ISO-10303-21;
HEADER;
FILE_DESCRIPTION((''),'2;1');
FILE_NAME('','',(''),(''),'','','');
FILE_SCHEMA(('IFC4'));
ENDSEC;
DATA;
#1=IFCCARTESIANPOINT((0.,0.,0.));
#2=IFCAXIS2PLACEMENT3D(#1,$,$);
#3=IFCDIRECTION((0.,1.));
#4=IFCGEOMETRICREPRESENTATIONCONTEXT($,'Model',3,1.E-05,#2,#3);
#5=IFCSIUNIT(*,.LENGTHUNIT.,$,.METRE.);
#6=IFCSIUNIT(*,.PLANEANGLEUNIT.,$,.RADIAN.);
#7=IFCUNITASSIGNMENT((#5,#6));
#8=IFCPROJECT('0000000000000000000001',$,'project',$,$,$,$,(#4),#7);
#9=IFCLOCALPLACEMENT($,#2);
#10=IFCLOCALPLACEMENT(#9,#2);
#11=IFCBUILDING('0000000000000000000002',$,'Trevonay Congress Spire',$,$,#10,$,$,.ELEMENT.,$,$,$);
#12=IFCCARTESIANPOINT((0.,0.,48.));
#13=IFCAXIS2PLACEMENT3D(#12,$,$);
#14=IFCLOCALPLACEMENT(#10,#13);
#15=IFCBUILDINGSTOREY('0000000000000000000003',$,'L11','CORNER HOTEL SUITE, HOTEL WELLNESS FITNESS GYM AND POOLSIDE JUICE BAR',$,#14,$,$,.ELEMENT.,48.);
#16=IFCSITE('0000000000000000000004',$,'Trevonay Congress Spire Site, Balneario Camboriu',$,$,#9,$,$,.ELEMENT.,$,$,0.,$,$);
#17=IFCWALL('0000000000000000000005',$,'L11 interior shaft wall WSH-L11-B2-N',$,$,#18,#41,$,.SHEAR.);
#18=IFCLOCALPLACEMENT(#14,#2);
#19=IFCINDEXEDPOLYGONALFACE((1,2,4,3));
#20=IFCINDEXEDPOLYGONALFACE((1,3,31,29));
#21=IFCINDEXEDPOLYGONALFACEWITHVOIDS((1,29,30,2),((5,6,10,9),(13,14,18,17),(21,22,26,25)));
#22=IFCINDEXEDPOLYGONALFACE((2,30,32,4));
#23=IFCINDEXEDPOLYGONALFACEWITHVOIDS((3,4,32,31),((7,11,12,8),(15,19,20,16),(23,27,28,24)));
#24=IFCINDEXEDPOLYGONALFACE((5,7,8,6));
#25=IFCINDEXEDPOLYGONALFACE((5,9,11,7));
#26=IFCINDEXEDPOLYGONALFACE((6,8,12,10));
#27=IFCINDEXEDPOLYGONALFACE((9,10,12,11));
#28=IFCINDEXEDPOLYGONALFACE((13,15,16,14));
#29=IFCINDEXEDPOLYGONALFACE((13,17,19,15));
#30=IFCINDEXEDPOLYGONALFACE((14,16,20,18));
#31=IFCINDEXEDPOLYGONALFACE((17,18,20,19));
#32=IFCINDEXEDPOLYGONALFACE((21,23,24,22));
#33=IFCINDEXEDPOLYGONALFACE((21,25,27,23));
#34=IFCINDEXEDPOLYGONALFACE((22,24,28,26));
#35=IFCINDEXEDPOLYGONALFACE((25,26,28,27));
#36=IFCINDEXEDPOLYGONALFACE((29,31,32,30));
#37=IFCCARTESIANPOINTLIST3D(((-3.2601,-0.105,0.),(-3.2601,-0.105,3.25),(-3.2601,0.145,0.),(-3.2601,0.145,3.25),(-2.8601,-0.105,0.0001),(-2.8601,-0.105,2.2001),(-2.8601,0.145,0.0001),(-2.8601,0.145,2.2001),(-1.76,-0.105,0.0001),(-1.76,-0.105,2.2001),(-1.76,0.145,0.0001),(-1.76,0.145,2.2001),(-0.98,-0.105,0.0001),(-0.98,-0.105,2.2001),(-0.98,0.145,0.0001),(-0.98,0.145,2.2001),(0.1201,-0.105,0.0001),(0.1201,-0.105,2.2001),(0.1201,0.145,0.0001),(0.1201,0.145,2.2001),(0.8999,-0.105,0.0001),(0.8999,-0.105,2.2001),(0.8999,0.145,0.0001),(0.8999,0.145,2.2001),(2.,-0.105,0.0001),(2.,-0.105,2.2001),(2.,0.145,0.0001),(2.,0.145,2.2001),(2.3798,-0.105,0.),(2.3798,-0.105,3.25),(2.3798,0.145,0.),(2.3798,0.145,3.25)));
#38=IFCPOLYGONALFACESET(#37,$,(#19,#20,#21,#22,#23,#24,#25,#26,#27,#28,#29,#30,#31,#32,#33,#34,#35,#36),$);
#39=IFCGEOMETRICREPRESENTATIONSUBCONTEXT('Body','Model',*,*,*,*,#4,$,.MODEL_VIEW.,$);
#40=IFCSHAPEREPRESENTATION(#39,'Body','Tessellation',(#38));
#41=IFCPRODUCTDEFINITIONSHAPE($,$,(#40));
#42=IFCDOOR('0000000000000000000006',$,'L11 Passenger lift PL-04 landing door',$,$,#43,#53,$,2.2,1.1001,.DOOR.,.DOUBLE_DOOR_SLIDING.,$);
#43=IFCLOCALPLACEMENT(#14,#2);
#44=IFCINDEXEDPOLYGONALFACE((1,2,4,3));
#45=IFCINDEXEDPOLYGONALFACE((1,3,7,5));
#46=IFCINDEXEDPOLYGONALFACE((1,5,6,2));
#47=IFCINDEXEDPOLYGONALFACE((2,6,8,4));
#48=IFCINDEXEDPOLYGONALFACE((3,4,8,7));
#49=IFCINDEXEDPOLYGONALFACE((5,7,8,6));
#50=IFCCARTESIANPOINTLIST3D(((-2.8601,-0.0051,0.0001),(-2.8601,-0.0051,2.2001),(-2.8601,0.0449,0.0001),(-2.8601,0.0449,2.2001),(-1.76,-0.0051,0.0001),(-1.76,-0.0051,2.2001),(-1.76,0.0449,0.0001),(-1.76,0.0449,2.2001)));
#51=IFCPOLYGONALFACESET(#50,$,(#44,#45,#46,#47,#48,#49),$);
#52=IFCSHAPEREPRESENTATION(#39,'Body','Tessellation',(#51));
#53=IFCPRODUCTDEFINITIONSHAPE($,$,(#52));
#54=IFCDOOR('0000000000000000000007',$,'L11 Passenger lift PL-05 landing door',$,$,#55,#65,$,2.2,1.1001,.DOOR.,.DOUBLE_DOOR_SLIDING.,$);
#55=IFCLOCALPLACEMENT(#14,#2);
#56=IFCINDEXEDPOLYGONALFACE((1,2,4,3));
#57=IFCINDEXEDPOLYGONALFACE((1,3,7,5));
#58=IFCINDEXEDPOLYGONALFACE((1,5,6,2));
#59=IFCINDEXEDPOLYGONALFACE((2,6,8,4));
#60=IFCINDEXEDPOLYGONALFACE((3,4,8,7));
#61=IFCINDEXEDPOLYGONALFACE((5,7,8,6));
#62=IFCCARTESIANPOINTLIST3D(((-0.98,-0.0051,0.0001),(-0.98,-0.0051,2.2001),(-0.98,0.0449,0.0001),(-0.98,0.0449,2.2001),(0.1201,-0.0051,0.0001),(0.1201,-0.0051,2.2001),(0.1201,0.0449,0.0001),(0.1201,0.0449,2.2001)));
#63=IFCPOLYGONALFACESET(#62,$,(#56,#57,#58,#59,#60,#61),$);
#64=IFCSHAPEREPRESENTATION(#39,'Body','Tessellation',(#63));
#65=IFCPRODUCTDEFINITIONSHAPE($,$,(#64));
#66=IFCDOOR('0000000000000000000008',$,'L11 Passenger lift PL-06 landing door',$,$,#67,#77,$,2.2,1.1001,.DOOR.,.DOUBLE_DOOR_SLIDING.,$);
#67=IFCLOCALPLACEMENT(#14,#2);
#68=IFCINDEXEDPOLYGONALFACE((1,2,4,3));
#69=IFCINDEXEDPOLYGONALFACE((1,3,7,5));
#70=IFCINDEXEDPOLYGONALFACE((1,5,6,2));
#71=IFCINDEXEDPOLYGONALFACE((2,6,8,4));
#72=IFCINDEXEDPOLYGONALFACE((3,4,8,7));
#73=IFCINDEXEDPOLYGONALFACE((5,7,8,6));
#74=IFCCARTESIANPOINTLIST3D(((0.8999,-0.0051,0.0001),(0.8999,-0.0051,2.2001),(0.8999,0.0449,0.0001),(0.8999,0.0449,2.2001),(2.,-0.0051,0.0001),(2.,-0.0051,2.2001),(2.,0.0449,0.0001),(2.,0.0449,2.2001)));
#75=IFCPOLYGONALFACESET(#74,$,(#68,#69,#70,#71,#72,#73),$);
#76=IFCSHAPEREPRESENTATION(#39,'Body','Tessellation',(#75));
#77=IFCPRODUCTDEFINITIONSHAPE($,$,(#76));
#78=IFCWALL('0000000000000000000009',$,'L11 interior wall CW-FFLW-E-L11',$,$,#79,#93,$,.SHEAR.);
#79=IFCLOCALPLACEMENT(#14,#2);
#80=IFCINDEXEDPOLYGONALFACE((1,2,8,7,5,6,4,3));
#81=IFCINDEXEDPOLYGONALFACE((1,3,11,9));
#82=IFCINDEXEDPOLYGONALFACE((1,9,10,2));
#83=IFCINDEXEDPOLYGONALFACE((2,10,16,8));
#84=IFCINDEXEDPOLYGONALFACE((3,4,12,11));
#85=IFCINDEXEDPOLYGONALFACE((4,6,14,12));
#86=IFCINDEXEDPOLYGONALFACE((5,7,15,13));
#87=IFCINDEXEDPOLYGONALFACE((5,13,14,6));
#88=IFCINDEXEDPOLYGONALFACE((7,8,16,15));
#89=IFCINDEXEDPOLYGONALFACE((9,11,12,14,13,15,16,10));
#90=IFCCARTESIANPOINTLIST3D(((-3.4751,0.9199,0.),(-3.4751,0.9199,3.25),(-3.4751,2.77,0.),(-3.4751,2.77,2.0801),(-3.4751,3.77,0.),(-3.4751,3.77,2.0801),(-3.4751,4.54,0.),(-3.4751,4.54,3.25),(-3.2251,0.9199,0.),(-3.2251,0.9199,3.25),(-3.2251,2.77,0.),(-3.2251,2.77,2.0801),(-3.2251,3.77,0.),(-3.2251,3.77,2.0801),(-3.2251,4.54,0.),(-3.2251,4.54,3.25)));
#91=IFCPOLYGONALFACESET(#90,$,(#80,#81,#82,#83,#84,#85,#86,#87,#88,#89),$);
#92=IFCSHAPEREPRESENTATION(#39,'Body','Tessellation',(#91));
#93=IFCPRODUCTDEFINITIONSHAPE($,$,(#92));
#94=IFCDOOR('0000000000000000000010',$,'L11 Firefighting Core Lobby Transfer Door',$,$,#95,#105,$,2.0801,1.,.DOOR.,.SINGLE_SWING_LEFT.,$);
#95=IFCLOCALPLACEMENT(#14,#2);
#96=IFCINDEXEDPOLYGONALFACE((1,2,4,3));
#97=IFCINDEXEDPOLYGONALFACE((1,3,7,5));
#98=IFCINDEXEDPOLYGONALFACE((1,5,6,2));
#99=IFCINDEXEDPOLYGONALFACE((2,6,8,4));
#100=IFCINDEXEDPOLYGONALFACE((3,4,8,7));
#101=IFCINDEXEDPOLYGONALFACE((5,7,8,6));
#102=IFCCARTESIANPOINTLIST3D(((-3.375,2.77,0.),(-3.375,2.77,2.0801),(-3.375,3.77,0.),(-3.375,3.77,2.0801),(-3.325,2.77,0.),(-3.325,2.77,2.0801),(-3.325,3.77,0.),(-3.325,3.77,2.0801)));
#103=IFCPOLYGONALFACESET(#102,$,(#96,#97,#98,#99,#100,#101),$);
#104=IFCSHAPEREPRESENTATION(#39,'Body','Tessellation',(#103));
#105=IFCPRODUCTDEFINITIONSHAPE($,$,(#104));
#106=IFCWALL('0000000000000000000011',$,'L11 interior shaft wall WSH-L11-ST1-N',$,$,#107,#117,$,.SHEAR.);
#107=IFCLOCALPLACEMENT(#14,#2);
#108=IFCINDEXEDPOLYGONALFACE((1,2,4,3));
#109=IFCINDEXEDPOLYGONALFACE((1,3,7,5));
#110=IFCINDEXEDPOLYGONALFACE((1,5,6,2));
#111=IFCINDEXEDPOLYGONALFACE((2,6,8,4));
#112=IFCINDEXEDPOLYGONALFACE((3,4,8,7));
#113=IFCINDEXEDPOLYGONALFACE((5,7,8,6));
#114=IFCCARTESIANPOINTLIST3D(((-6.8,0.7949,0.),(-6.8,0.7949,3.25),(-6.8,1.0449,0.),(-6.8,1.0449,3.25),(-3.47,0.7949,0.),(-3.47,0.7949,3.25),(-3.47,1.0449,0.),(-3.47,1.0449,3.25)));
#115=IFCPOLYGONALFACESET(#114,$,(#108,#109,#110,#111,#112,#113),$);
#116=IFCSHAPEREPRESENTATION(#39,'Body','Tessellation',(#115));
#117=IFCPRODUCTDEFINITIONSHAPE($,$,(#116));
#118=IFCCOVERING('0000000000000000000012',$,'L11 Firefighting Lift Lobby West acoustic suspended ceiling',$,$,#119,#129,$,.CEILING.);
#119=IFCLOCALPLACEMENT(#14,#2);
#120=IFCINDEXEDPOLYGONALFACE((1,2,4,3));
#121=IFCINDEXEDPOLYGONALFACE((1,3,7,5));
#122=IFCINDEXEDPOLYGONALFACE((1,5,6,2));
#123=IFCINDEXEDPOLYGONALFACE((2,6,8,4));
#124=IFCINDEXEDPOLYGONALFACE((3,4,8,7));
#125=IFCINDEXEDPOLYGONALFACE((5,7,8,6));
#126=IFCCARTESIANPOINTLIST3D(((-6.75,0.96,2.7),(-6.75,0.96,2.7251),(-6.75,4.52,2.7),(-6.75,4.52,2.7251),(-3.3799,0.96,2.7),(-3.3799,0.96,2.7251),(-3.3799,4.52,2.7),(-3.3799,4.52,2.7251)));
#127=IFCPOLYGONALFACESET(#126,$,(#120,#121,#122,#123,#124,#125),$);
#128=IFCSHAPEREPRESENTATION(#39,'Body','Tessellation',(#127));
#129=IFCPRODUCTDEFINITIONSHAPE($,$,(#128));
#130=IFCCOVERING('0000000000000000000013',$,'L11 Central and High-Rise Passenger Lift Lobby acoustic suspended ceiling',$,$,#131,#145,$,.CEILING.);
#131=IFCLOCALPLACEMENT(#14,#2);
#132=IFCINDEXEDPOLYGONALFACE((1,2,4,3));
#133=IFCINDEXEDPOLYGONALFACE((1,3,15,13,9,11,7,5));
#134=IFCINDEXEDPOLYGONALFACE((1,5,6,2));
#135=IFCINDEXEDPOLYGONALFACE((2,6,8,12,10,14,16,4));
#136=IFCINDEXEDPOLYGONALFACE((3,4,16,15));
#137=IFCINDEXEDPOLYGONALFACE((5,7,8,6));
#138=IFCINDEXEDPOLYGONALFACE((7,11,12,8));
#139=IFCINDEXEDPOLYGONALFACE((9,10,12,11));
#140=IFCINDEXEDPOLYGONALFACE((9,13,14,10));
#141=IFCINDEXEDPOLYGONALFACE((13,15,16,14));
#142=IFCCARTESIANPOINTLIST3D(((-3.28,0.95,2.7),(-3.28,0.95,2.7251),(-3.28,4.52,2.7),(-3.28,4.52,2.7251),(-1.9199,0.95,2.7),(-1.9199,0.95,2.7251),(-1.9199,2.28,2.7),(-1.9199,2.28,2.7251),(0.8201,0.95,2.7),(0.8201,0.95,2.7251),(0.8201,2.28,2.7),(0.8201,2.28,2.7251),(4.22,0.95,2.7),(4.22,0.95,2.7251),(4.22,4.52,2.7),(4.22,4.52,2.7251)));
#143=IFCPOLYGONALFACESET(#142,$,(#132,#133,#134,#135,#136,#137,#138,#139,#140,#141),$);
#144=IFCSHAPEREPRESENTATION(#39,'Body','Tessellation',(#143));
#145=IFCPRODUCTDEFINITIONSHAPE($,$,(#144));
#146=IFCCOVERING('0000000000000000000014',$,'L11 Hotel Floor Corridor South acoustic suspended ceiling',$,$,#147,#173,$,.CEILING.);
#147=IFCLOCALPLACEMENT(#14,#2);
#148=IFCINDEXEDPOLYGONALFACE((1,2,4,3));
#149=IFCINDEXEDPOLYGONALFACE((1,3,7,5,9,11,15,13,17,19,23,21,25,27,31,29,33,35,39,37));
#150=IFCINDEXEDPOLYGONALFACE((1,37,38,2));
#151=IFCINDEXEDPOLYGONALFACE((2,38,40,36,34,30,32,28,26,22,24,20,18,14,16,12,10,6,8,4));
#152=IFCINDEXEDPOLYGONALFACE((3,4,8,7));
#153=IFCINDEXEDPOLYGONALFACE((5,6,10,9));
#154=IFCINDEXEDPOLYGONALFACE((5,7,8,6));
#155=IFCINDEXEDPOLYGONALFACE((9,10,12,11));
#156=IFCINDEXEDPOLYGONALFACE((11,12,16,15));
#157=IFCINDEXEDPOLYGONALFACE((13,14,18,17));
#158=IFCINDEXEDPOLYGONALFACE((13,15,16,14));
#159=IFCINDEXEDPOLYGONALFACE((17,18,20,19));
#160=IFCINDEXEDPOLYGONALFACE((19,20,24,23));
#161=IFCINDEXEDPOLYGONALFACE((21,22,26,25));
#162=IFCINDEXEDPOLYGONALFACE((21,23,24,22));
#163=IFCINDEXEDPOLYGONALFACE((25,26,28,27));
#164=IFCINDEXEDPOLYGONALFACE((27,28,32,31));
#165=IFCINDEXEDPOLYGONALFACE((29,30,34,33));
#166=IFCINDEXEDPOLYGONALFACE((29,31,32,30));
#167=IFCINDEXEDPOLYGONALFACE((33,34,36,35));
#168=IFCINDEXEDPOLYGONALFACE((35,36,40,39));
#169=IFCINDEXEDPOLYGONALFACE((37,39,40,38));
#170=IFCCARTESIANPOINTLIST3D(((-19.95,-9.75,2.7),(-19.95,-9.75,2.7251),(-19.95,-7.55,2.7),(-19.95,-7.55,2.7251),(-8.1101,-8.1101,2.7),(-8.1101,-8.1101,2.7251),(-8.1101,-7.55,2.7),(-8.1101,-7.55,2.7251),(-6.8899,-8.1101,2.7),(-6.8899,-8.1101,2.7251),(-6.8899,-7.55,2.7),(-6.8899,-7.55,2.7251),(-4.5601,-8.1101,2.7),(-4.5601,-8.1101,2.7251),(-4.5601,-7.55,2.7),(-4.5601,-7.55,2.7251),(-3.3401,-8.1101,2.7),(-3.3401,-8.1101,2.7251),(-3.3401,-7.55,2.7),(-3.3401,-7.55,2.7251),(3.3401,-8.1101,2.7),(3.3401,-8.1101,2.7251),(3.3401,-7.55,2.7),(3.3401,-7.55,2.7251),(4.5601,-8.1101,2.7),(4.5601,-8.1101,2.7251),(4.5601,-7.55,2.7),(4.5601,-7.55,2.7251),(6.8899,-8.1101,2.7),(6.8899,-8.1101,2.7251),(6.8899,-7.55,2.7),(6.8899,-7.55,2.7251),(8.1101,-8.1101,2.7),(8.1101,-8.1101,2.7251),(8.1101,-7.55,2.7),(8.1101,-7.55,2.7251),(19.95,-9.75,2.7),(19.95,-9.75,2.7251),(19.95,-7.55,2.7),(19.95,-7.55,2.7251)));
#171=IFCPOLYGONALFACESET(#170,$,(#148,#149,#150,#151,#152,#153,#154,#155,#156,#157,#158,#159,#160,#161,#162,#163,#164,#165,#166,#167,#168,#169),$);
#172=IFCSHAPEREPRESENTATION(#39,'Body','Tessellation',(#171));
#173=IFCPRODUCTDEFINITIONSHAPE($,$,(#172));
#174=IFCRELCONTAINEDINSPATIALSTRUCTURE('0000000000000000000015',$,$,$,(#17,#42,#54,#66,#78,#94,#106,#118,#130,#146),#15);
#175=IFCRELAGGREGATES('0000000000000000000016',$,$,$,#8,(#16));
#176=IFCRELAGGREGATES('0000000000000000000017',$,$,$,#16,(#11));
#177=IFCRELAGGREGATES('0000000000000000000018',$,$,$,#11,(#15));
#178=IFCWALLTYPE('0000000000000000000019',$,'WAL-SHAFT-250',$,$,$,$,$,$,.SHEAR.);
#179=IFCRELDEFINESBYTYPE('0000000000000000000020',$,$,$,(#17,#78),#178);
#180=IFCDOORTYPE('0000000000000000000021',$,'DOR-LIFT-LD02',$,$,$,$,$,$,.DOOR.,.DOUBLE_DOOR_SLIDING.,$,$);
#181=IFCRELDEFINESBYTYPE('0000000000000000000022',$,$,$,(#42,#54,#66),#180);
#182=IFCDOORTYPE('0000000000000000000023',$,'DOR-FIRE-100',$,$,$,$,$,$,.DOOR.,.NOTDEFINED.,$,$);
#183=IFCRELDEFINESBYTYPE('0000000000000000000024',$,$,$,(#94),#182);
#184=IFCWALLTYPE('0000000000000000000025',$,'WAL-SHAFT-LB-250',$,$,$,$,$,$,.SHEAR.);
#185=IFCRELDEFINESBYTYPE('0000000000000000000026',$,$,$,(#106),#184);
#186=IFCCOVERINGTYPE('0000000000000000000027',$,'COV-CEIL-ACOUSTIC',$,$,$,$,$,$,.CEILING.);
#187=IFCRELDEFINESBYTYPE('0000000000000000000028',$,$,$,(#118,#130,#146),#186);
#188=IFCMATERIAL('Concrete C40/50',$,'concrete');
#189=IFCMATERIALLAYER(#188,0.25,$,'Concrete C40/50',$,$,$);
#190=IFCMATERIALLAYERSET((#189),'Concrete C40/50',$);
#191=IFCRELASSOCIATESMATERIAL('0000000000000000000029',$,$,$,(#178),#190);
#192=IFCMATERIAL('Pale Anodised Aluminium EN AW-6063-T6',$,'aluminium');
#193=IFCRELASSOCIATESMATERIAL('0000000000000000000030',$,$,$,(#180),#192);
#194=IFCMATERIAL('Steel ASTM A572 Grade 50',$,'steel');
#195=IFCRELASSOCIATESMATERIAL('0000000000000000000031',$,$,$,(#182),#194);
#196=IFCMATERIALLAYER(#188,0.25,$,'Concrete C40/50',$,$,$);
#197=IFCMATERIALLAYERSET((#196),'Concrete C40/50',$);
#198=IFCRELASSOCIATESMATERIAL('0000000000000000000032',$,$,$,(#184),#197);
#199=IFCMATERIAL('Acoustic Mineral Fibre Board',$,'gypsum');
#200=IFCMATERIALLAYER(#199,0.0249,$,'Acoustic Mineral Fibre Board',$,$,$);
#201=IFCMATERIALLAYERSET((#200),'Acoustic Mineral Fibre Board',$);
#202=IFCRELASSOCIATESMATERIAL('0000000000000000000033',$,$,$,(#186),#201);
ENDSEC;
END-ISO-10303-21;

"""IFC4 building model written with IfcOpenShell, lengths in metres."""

from ifc_helpers import new_model, si_unit, direction, frame, frame_2d, origin, place, context, subcontext, project, spatial, polyline, rectangle, outline, extrude, material, layer, layer_set, type_object, element, fill, save


model = new_model("IFC4")

# Units and contexts
model_context = context("Model", 3, precision=1e-05, world=origin(), true_north=direction((0.0, 1.0)))
body_context = subcontext(model_context, "Body", "Model", "MODEL_VIEW")
ifc_project = project(units=[si_unit("LENGTHUNIT", "METRE"), si_unit("PLANEANGLEUNIT", "RADIAN")], contexts=[model_context])

# Site, building, storey
site_placement = place(None, origin())
site = spatial("IfcSite", under=ifc_project, at=site_placement, Name="Trevonay Congress Spire Site, Balneario Camboriu", CompositionType="ELEMENT", RefElevation=0.0)
building_placement = place(site_placement, origin())
building = spatial("IfcBuilding", under=site, at=building_placement, Name="Trevonay Congress Spire", CompositionType="ELEMENT")
storey_placement = place(building_placement, frame((0.0, 0.0, 48.0)))
storey = spatial("IfcBuildingStorey", under=building, at=storey_placement, Name="L11", Description="CORNER HOTEL SUITE, HOTEL WELLNESS FITNESS GYM AND POOLSIDE JUICE BAR", CompositionType="ELEMENT", Elevation=48.0)

# Shared definitions
ifc_material_1 = material(Name="Steel ASTM A572 Grade 50", Category="steel")

# Shared definitions
ifc_material_2 = material(Name="Concrete C40/50", Category="concrete")

# Wall, openings, doors
ifc_layer_1 = layer(ifc_material_2, 0.25, Name="Concrete C40/50")
ifc_layer_set_1 = layer_set([ifc_layer_1], Name="Concrete C40/50")
wall_type_1 = type_object("IfcWallType", Name="WAL-SHAFT-250", PredefinedType="SHEAR", material=ifc_layer_set_1)
wall_1_placement = place(storey_placement, frame((-3.26, 0.02, 0.0), z_axis=(0.0, 0.0, 1.0), x_axis=(1.0, 0.0, 0.0)))
wall_1 = element("IfcWall", 1, at=wall_1_placement, inside=storey, type_object=wall_type_1, Name="L11 interior shaft wall WSH-L11-B2-N", PredefinedType="SHEAR", context=body_context, shape_type="SweptSolid", body=[
    extrude(rectangle(XDim=5.6399, YDim=0.25, at=frame_2d((2.8198, 0.0))), origin(), (0.0, 0.0, 1.0), 3.25),
])
opening_1_placement = place(wall_1_placement, frame((0.3999, 0.0, 0.0)))
opening_1 = element("IfcOpeningElement", 2, at=opening_1_placement, cuts=wall_1, PredefinedType="OPENING", context=body_context, shape_type="SweptSolid", body=[
    extrude(rectangle(XDim=1.1001, YDim=2.2, at=frame_2d((0.55, 1.1001))), frame((0.0, 0.135, 0.0), z_axis=(0.0, -1.0, 0.0), x_axis=(1.0, 0.0, 0.0)), (0.0, 0.0, 1.0), 0.27),
])
opening_2_placement = place(wall_1_placement, frame((2.28, 0.0, 0.0)))
opening_2 = element("IfcOpeningElement", 3, at=opening_2_placement, cuts=wall_1, PredefinedType="OPENING", context=body_context, shape_type="SweptSolid", body=[
    extrude(rectangle(XDim=1.1001, YDim=2.2, at=frame_2d((0.55, 1.1001))), frame((0.0, 0.135, 0.0), z_axis=(0.0, -1.0, 0.0), x_axis=(1.0, 0.0, 0.0)), (0.0, 0.0, 1.0), 0.27),
])
opening_3_placement = place(wall_1_placement, frame((4.1599, 0.0, 0.0)))
opening_3 = element("IfcOpeningElement", 4, at=opening_3_placement, cuts=wall_1, PredefinedType="OPENING", context=body_context, shape_type="SweptSolid", body=[
    extrude(rectangle(XDim=1.1001, YDim=2.2, at=frame_2d((0.55, 1.1001))), frame((0.0, 0.135, 0.0), z_axis=(0.0, -1.0, 0.0), x_axis=(1.0, 0.0, 0.0)), (0.0, 0.0, 1.0), 0.27),
])
ifc_material_3 = material(Name="Pale Anodised Aluminium EN AW-6063-T6", Category="aluminium")
door_type_1 = type_object("IfcDoorType", Name="DOR-LIFT-LD02", OperationType="DOUBLE_DOOR_SLIDING", PredefinedType="DOOR", material=ifc_material_3)
door_1_placement = place(opening_1_placement, origin())
door_1 = element("IfcDoor", 5, at=door_1_placement, inside=storey, type_object=door_type_1, Name="L11 Passenger lift PL-04 landing door", OperationType="DOUBLE_DOOR_SLIDING", OverallHeight=2.2, OverallWidth=1.1001, PredefinedType="DOOR", context=body_context, shape_type="SweptSolid", body=[
    extrude(rectangle(XDim=1.1001, YDim=2.2, at=frame_2d((0.55, 1.1001))), frame((0.0, 0.0249, 0.0), z_axis=(0.0, -1.0, 0.0), x_axis=(1.0, 0.0, 0.0)), (0.0, 0.0, 1.0), 0.05),
])
fill(opening_1, door_1)
door_2_placement = place(opening_2_placement, origin())
door_2 = element("IfcDoor", 6, at=door_2_placement, inside=storey, type_object=door_type_1, Name="L11 Passenger lift PL-05 landing door", OperationType="DOUBLE_DOOR_SLIDING", OverallHeight=2.2, OverallWidth=1.1001, PredefinedType="DOOR", context=body_context, shape_type="SweptSolid", body=[
    extrude(rectangle(XDim=1.1001, YDim=2.2, at=frame_2d((0.55, 1.1001))), frame((0.0, 0.0249, 0.0), z_axis=(0.0, -1.0, 0.0), x_axis=(1.0, 0.0, 0.0)), (0.0, 0.0, 1.0), 0.05),
])
fill(opening_2, door_2)
door_3_placement = place(opening_3_placement, origin())
door_3 = element("IfcDoor", 7, at=door_3_placement, inside=storey, type_object=door_type_1, Name="L11 Passenger lift PL-06 landing door", OperationType="DOUBLE_DOOR_SLIDING", OverallHeight=2.2, OverallWidth=1.1001, PredefinedType="DOOR", context=body_context, shape_type="SweptSolid", body=[
    extrude(rectangle(XDim=1.1001, YDim=2.2, at=frame_2d((0.55, 1.1001))), frame((0.0, 0.0249, 0.0), z_axis=(0.0, -1.0, 0.0), x_axis=(1.0, 0.0, 0.0)), (0.0, 0.0, 1.0), 0.05),
])
fill(opening_3, door_3)

# Wall, opening, door
wall_2_placement = place(storey_placement, frame((-3.3501, 0.9199, 0.0), z_axis=(0.0, 0.0, 1.0), x_axis=(0.0, 1.0, 0.0)))
wall_2 = element("IfcWall", 8, at=wall_2_placement, inside=storey, type_object=wall_type_1, Name="L11 interior wall CW-FFLW-E-L11", PredefinedType="SHEAR", context=body_context, shape_type="SweptSolid", body=[
    extrude(rectangle(XDim=3.6201, YDim=0.25, at=frame_2d((1.8101, 0.0))), origin(), (0.0, 0.0, 1.0), 3.25),
])
opening_4_placement = place(wall_2_placement, frame((1.8501, 0.0, 0.0)))
opening_4 = element("IfcOpeningElement", 9, at=opening_4_placement, cuts=wall_2, PredefinedType="OPENING", context=body_context, shape_type="SweptSolid", body=[
    extrude(rectangle(XDim=1.0, YDim=2.0801, at=frame_2d((0.5, 1.04))), frame((0.0, 0.135, 0.0), z_axis=(0.0, -1.0, 0.0), x_axis=(1.0, 0.0, 0.0)), (0.0, 0.0, 1.0), 0.27),
])
door_type_2 = type_object("IfcDoorType", Name="DOR-FIRE-100", OperationType="NOTDEFINED", PredefinedType="DOOR", material=ifc_material_1)
door_4_placement = place(opening_4_placement, origin())
door_4 = element("IfcDoor", 10, at=door_4_placement, inside=storey, type_object=door_type_2, Name="L11 Firefighting Core Lobby Transfer Door", OperationType="SINGLE_SWING_LEFT", OverallHeight=2.0801, OverallWidth=1.0, PredefinedType="DOOR", context=body_context, shape_type="SweptSolid", body=[
    extrude(rectangle(XDim=1.0, YDim=2.0801, at=frame_2d((0.5, 1.04))), frame((0.0, 0.0249, 0.0), z_axis=(0.0, -1.0, 0.0), x_axis=(1.0, 0.0, 0.0)), (0.0, 0.0, 1.0), 0.05),
])
fill(opening_4, door_4)

# Wall
ifc_layer_2 = layer(ifc_material_2, 0.25, Name="Concrete C40/50")
ifc_layer_set_2 = layer_set([ifc_layer_2], Name="Concrete C40/50")
wall_type_2 = type_object("IfcWallType", Name="WAL-SHAFT-LB-250", PredefinedType="SHEAR", material=ifc_layer_set_2)
wall_3_placement = place(storey_placement, frame((-6.8, 0.9199, 0.0), z_axis=(0.0, 0.0, 1.0), x_axis=(1.0, 0.0, 0.0)))
element("IfcWall", 11, at=wall_3_placement, inside=storey, type_object=wall_type_2, Name="L11 interior shaft wall WSH-L11-ST1-N", PredefinedType="SHEAR", context=body_context, shape_type="SweptSolid", body=[
    extrude(rectangle(XDim=3.3301, YDim=0.25, at=frame_2d((1.665, 0.0))), origin(), (0.0, 0.0, 1.0), 3.25),
])

# Coverings
ifc_material_4 = material(Name="Acoustic Mineral Fibre Board", Category="gypsum")
ifc_layer_3 = layer(ifc_material_4, 0.0249, Name="Acoustic Mineral Fibre Board")
ifc_layer_set_3 = layer_set([ifc_layer_3], Name="Acoustic Mineral Fibre Board")
covering_type_1 = type_object("IfcCoveringType", Name="COV-CEIL-ACOUSTIC", PredefinedType="CEILING", material=ifc_layer_set_3)
covering_1_placement = place(storey_placement, frame((0.0, 0.0, 2.7)))
element("IfcCovering", 12, at=covering_1_placement, inside=storey, type_object=covering_type_1, Name="L11 Firefighting Lift Lobby West acoustic suspended ceiling", PredefinedType="CEILING", context=body_context, shape_type="SweptSolid", body=[
    extrude(outline(polyline([(-6.75, 0.96), (-3.3799, 0.96), (-3.3799, 4.52), (-6.75, 4.52), (-6.75, 0.96)])), origin(), (0.0, 0.0, 1.0), 0.0251),
])
covering_2_placement = place(storey_placement, frame((0.0, 0.0, 2.7)))
element("IfcCovering", 13, at=covering_2_placement, inside=storey, type_object=covering_type_1, Name="L11 Central and High-Rise Passenger Lift Lobby acoustic suspended ceiling", PredefinedType="CEILING", context=body_context, shape_type="SweptSolid", body=[
    extrude(outline(polyline([(-3.28, 0.95), (-1.9199, 0.95), (-1.9199, 2.28), (0.8201, 2.28), (0.8201, 0.95), (4.22, 0.95), (4.22, 4.52), (-3.28, 4.52), (-3.28, 0.95)])), origin(), (0.0, 0.0, 1.0), 0.0251),
])
covering_3_placement = place(storey_placement, frame((0.0, 0.0, 2.7)))
element("IfcCovering", 14, at=covering_3_placement, inside=storey, type_object=covering_type_1, Name="L11 Hotel Floor Corridor South acoustic suspended ceiling", PredefinedType="CEILING", context=body_context, shape_type="SweptSolid", body=[
    extrude(outline(polyline([(19.95, -7.55), (19.95, -9.75), (-19.95, -9.75), (-19.95, -7.55), (-8.1101, -7.55), (-8.1101, -8.1101), (-6.8899, -8.1101), (-6.8899, -7.55), (-4.5601, -7.55), (-4.5601, -8.1101), (-3.3401, -8.1101), (-3.3401, -7.55), (3.3401, -7.55), (3.3401, -8.1101), (4.5601, -8.1101), (4.5601, -7.55), (6.8899, -7.55), (6.8899, -8.1101), (8.1101, -8.1101), (8.1101, -7.55), (19.95, -7.55)])), origin(), (0.0, 0.0, 1.0), 0.0251),
])

save(model, "model.ifc")
